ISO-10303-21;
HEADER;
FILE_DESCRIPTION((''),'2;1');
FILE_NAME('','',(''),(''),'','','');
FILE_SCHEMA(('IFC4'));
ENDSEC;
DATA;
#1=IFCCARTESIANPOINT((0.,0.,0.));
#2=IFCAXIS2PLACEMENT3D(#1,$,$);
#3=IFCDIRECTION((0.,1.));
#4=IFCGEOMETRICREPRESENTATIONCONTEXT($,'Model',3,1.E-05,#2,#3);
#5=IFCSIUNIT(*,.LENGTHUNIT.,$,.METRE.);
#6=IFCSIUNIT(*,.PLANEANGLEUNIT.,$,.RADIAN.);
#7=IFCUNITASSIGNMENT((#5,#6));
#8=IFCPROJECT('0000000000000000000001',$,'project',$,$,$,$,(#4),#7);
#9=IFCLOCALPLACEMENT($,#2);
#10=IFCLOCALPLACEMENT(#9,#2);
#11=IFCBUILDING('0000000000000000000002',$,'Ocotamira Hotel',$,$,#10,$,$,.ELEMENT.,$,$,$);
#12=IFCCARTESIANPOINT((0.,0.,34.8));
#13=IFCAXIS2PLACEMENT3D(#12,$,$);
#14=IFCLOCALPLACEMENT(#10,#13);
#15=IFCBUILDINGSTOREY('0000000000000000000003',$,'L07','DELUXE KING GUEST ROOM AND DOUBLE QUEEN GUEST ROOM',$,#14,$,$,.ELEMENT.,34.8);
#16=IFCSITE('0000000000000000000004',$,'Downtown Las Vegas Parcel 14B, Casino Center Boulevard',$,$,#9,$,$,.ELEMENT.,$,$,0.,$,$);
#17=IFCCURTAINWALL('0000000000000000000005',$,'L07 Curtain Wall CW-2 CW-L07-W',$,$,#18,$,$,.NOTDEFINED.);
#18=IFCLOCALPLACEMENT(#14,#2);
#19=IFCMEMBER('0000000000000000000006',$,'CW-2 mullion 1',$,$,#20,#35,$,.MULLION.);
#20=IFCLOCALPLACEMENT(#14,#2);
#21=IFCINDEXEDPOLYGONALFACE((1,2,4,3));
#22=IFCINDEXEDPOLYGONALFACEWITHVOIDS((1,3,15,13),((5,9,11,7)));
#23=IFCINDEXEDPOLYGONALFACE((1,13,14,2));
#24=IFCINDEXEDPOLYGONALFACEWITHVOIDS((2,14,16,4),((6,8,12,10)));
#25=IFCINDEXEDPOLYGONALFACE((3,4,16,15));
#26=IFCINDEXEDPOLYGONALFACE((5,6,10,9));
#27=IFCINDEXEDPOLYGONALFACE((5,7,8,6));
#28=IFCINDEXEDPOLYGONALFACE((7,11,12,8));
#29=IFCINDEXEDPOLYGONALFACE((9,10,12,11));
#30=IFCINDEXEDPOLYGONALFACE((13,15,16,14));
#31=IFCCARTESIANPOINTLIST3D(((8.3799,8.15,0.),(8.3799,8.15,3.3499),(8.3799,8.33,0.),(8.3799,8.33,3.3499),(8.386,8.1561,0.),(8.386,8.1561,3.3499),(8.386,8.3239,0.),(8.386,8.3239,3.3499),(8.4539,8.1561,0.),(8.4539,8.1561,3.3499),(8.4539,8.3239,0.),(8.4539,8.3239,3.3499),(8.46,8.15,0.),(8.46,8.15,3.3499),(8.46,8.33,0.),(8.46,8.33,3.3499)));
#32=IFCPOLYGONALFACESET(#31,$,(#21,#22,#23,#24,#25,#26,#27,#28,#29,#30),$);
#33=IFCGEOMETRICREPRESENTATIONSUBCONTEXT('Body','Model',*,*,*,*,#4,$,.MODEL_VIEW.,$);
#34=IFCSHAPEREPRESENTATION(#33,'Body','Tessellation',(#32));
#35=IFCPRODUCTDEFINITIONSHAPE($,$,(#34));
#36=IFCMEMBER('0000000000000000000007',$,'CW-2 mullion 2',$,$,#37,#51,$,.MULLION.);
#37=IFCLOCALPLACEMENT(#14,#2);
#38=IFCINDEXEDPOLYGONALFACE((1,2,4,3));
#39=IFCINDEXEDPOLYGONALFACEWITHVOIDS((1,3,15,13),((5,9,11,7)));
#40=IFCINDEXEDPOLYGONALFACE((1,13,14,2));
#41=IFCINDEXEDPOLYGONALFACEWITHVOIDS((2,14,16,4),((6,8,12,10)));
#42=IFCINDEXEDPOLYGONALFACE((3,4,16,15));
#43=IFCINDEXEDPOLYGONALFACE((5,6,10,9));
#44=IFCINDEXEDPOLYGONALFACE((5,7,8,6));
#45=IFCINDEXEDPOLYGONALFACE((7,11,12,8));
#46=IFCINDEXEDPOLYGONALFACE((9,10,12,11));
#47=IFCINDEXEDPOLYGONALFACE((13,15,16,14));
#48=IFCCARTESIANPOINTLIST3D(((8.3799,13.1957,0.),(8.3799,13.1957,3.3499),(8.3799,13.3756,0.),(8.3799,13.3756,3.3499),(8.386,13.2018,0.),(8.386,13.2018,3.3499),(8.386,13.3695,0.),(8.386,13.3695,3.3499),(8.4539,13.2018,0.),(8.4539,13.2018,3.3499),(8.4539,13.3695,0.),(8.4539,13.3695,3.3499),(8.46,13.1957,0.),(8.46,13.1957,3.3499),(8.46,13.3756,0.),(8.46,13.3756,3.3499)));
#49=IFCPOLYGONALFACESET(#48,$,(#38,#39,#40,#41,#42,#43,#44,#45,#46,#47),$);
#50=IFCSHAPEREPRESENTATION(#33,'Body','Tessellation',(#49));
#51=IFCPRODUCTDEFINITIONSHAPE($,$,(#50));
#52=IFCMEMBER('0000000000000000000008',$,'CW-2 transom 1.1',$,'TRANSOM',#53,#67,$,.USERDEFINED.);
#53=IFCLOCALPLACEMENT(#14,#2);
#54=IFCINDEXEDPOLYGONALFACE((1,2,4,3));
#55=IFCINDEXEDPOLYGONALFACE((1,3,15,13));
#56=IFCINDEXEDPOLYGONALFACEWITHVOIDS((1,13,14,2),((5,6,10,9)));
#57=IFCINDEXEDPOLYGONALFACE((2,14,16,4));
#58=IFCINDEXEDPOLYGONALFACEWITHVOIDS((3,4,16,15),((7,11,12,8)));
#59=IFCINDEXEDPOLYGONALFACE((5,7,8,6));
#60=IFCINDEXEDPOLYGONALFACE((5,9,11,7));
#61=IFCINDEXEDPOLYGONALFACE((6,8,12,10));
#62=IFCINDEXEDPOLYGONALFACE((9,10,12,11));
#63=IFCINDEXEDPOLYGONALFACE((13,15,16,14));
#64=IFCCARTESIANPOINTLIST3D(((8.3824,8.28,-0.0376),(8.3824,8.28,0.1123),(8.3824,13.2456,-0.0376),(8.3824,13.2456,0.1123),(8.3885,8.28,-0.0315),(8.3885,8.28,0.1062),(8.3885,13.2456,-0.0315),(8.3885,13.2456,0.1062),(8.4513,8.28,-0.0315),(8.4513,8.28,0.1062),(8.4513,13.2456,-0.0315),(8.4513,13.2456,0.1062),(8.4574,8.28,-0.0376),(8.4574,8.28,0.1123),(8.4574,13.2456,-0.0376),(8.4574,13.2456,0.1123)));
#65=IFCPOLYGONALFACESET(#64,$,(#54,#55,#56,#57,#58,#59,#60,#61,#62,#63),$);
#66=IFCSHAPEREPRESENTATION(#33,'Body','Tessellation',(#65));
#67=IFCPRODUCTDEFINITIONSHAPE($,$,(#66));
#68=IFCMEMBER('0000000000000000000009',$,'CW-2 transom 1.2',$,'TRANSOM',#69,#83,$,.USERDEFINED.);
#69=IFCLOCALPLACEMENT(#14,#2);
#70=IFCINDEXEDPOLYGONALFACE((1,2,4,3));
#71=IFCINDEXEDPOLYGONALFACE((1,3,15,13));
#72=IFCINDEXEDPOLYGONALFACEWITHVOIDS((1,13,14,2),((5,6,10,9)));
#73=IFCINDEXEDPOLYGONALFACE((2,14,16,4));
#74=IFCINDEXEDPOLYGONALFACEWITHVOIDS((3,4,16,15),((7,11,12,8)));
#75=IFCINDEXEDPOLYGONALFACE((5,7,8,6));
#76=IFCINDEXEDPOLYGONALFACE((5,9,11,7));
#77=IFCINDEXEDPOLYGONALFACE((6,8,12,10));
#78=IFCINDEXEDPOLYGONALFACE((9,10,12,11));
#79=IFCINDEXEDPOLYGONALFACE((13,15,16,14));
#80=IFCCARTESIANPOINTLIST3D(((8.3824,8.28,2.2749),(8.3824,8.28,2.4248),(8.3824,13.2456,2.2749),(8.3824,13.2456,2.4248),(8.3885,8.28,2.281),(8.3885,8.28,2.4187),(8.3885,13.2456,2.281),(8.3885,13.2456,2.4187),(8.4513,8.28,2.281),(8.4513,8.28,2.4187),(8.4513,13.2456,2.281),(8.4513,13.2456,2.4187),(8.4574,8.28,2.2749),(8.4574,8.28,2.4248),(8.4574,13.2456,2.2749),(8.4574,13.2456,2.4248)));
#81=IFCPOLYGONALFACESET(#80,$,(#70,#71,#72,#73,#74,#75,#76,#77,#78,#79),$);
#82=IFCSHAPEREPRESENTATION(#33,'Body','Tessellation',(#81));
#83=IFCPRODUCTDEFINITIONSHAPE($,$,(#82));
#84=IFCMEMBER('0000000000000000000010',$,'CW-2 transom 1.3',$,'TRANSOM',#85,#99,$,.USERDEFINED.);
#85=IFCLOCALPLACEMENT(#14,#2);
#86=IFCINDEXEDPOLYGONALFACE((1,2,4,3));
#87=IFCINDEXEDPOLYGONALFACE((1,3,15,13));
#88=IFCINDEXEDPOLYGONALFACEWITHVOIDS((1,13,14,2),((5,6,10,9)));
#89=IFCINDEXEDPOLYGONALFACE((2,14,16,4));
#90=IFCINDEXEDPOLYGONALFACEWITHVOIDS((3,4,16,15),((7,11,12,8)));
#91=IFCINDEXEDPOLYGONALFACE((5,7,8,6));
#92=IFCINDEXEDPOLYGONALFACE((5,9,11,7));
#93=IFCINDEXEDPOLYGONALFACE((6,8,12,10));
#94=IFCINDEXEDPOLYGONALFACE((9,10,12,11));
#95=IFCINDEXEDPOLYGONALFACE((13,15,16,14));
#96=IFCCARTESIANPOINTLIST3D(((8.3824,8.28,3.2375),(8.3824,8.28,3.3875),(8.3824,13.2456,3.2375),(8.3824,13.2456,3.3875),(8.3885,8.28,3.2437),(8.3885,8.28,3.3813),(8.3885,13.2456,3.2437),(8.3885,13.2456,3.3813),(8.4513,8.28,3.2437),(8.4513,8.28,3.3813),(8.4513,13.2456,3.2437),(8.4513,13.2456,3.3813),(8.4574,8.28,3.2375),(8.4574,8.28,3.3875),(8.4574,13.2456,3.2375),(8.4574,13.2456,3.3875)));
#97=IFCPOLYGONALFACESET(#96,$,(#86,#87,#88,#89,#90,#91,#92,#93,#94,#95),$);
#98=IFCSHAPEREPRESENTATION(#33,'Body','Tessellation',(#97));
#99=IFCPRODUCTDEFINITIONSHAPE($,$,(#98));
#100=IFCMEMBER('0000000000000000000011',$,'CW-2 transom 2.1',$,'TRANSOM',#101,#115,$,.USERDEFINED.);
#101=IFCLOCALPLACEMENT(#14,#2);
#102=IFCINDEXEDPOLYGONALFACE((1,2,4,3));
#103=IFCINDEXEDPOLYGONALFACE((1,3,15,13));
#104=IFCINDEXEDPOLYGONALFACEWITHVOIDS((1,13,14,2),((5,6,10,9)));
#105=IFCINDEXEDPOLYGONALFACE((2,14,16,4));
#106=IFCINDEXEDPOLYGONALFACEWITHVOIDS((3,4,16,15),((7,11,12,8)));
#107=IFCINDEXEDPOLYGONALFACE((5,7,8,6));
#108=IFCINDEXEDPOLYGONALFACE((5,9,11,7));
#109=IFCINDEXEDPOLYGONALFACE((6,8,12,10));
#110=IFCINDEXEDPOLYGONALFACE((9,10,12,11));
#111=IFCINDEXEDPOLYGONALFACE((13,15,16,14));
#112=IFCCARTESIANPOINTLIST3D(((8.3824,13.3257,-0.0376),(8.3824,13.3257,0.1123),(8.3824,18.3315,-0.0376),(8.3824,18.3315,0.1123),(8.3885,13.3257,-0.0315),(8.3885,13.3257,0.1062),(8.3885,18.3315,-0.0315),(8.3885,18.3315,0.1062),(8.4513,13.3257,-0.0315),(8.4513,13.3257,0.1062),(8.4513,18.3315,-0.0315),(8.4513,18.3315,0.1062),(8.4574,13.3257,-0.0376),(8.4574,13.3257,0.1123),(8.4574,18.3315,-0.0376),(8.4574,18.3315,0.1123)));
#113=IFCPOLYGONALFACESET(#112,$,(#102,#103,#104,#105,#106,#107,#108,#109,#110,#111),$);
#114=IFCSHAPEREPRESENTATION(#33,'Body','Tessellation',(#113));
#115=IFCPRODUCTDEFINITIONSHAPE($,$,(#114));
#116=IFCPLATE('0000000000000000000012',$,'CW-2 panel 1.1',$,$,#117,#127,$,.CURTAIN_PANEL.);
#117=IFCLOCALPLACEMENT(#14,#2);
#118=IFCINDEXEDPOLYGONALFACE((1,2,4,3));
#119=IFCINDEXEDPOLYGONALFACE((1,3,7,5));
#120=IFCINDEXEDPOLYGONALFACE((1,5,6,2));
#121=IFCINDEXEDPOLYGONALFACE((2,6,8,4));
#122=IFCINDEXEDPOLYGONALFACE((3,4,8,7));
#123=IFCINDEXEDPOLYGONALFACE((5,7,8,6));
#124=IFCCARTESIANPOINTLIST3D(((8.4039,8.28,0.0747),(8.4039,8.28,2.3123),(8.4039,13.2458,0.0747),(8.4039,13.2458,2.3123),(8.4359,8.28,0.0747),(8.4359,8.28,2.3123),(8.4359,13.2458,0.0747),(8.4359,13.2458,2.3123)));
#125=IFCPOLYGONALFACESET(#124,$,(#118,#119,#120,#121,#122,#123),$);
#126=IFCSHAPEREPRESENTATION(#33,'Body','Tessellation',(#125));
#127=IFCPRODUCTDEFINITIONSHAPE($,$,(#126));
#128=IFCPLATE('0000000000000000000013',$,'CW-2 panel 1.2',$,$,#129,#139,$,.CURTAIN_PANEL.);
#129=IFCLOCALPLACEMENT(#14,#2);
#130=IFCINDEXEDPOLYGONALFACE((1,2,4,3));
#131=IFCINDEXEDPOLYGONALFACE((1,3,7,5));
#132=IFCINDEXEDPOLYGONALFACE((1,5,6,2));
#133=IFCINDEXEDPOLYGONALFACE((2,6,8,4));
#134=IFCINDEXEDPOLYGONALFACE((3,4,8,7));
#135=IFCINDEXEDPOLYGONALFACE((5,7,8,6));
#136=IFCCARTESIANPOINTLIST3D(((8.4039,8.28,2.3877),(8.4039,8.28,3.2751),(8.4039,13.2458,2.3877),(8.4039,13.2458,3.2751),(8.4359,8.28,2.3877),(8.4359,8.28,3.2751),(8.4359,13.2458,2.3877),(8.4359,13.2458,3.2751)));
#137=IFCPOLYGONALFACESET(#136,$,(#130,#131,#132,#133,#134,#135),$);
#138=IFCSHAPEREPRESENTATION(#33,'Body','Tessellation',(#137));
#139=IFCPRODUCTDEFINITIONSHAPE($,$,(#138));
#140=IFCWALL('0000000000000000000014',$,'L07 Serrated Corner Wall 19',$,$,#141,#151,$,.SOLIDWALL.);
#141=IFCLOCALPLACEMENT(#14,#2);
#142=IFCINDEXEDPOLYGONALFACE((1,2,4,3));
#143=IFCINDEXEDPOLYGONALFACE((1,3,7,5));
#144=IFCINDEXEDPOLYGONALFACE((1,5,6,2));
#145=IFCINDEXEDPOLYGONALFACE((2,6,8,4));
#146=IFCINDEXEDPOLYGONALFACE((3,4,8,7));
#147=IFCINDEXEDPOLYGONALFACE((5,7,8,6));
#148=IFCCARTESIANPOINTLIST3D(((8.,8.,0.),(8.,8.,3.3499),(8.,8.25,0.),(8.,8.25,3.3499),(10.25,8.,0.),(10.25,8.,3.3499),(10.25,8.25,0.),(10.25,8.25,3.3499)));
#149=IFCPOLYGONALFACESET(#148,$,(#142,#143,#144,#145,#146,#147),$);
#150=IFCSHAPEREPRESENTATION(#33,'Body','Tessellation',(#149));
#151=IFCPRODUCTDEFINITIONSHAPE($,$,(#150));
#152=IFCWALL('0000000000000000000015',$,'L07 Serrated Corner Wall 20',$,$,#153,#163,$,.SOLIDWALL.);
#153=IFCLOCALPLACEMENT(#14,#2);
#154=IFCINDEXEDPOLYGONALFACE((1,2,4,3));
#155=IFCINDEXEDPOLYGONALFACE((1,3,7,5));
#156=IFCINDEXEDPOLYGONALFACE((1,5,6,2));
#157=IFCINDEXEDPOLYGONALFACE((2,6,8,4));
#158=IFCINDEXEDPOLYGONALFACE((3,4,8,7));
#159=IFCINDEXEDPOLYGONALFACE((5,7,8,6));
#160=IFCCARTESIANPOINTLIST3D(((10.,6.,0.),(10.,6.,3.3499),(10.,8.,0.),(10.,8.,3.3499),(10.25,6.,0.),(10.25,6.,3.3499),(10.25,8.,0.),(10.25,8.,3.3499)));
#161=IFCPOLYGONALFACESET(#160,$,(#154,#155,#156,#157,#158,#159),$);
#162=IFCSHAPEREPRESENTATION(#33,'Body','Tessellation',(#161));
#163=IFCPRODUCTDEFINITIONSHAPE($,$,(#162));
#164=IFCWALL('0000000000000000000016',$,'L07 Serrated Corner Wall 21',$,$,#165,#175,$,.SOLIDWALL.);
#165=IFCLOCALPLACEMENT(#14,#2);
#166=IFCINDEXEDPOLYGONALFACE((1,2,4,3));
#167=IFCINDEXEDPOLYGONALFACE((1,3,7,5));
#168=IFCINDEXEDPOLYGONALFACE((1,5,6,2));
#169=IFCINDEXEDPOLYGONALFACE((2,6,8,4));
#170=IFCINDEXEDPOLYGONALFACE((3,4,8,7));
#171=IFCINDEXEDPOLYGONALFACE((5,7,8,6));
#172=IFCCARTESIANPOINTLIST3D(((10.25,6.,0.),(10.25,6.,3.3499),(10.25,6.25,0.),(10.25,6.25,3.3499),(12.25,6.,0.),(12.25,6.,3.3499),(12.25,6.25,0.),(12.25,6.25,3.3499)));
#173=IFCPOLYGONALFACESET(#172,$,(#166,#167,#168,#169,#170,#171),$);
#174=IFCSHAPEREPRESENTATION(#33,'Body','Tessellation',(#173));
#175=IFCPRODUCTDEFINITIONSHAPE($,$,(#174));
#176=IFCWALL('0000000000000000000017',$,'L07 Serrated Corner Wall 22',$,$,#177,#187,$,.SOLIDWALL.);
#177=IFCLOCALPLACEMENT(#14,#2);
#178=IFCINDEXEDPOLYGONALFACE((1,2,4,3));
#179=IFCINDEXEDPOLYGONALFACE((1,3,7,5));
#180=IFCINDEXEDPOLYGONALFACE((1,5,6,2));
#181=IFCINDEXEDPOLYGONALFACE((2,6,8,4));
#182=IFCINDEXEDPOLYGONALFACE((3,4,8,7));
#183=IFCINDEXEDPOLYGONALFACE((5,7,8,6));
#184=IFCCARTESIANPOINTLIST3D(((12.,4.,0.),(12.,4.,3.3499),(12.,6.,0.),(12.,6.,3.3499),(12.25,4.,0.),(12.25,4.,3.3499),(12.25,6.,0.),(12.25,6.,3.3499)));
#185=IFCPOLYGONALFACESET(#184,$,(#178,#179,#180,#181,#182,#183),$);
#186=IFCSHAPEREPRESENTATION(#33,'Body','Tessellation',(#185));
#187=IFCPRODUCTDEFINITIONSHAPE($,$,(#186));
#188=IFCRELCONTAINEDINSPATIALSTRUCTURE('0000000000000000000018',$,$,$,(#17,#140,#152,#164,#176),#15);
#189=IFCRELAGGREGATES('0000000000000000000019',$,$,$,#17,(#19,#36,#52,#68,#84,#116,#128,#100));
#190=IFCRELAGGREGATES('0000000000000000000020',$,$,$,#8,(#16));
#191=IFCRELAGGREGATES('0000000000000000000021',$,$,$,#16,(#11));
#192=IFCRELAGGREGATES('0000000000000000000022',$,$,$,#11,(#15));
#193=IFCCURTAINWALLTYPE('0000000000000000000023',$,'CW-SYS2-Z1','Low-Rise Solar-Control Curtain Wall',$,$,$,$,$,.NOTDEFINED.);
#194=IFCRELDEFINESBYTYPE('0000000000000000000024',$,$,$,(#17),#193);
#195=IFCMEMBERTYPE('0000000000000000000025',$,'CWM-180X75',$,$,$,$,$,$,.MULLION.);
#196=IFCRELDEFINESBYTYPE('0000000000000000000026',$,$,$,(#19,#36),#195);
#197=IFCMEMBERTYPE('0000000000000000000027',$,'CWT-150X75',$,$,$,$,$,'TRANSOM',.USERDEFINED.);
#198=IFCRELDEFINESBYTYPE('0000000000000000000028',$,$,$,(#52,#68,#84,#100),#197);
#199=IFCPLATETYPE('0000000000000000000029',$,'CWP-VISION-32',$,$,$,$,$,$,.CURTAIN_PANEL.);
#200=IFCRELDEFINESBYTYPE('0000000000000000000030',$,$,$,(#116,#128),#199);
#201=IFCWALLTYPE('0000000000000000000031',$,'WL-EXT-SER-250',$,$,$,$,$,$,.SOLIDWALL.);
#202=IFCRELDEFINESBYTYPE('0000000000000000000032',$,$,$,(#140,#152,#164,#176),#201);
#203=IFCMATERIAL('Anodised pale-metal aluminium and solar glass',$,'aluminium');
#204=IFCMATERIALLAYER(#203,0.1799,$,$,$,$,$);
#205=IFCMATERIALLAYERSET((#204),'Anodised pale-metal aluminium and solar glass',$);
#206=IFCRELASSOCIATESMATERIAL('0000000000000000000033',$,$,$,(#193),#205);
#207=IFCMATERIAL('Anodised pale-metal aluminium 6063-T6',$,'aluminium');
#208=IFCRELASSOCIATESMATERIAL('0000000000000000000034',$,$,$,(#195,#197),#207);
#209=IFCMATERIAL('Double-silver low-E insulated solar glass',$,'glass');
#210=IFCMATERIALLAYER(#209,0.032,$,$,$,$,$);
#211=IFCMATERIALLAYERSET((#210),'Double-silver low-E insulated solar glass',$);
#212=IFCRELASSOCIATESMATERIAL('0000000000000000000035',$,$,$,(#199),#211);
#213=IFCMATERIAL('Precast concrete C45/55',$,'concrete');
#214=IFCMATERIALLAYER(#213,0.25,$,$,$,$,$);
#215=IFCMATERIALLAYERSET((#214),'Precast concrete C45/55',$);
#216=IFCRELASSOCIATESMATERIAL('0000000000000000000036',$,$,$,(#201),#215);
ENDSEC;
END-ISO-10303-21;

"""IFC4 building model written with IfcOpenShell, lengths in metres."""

from ifc_helpers import new_model, si_unit, direction, frame, frame_2d, origin, origin_2d, place, context, subcontext, project, spatial, rectangle, hollow_rectangle, extrude, source, transform, mapped, material, layer, layer_set, material_profile, profile_set, type_object, element, aggregate, save


model = new_model("IFC4")

# Units and contexts
model_context = context("Model", 3, precision=1e-05, world=origin(), true_north=direction((0.0, 1.0)))
body_context = subcontext(model_context, "Body", "Model", "MODEL_VIEW")
ifc_project = project(units=[si_unit("LENGTHUNIT", "METRE"), si_unit("PLANEANGLEUNIT", "RADIAN")], contexts=[model_context])

# Site, building, storey
site_placement = place(None, origin())
site = spatial("IfcSite", under=ifc_project, at=site_placement, Name="Downtown Las Vegas Parcel 14B, Casino Center Boulevard", CompositionType="ELEMENT", RefElevation=0.0)
building_placement = place(site_placement, origin())
building = spatial("IfcBuilding", under=site, at=building_placement, Name="Ocotamira Hotel", CompositionType="ELEMENT")
storey_placement = place(building_placement, frame((0.0, 0.0, 34.8)))
storey = spatial("IfcBuildingStorey", under=building, at=storey_placement, Name="L07", Description="DELUXE KING GUEST ROOM AND DOUBLE QUEEN GUEST ROOM", CompositionType="ELEMENT", Elevation=34.8)

# Curtain wall, members, plates
ifc_material_1 = material(Name="Anodised pale-metal aluminium and solar glass", Category="aluminium")
ifc_layer_1 = layer(ifc_material_1, 0.1799)
ifc_layer_set_1 = layer_set([ifc_layer_1], Name="Anodised pale-metal aluminium and solar glass")
curtain_wall_type = type_object("IfcCurtainWallType", Name="CW-SYS2-Z1", Description="Low-Rise Solar-Control Curtain Wall", PredefinedType="NOTDEFINED", material=ifc_layer_set_1)
curtain_wall_placement = place(storey_placement, origin())
curtain_wall = element("IfcCurtainWall", 1, at=curtain_wall_placement, inside=storey, type_object=curtain_wall_type, Name="L07 Curtain Wall CW-2 CW-L07-W", PredefinedType="NOTDEFINED")
ifc_material_2 = material(Name="Anodised pale-metal aluminium 6063-T6", Category="aluminium")
ifc_material_profile_1 = material_profile(ifc_material_2, hollow_rectangle(XDim=0.0801, YDim=0.1799, WallThickness=0.0061, at=origin_2d()), Name="HSS180X80X6")
ifc_profile_set_1 = profile_set([ifc_material_profile_1], Name="Anodised pale-metal aluminium 6063-T6")
member_type_1 = type_object("IfcMemberType", Name="CWM-180X75", PredefinedType="MULLION", material=ifc_profile_set_1)
shared_shape_1 = source(origin(), body_context, "Body", "SweptSolid", [
    extrude(hollow_rectangle(XDim=0.0801, YDim=0.1799, WallThickness=0.0061, at=origin_2d()), origin(), (0.0, 0.0, 1.0), 3.3499),
])
member_1_placement = place(storey_placement, frame((8.4199, 8.24, 0.0), z_axis=(0.0, 0.0, 1.0), x_axis=(-1.0, 0.0, 0.0)))
member_1 = element("IfcMember", 2, at=member_1_placement, type_object=member_type_1, Name="CW-2 mullion 1", PredefinedType="MULLION", context=body_context, shape_type="MappedRepresentation", body=[
    mapped(shared_shape_1, transform((0.0, 0.0, 0.0), scale=1.0)),
])
member_2_placement = place(storey_placement, frame((8.4199, 13.2856, 0.0), z_axis=(0.0, 0.0, 1.0), x_axis=(-1.0, 0.0, 0.0)))
member_2 = element("IfcMember", 3, at=member_2_placement, type_object=member_type_1, Name="CW-2 mullion 2", PredefinedType="MULLION", context=body_context, shape_type="MappedRepresentation", body=[
    mapped(shared_shape_1, transform((0.0, 0.0, 0.0), scale=1.0)),
])
ifc_material_profile_2 = material_profile(ifc_material_2, hollow_rectangle(XDim=0.075, YDim=0.1499, WallThickness=0.0061, at=origin_2d()), Name="HSS150X75X6")
ifc_profile_set_2 = profile_set([ifc_material_profile_2], Name="Anodised pale-metal aluminium 6063-T6")
member_type_2 = type_object("IfcMemberType", Name="CWT-150X75", ElementType="TRANSOM", PredefinedType="USERDEFINED", material=ifc_profile_set_2)
shared_shape_2 = source(origin(), body_context, "Body", "SweptSolid", [
    extrude(hollow_rectangle(XDim=0.075, YDim=0.1499, WallThickness=0.0061, at=origin_2d()), origin(), (0.0, 0.0, 1.0), 4.9656),
])
member_3_placement = place(storey_placement, frame((8.4199, 8.28, 0.0374), z_axis=(0.0, 1.0, 0.0), x_axis=(-1.0, 0.0, 0.0)))
member_3 = element("IfcMember", 4, at=member_3_placement, type_object=member_type_2, Name="CW-2 transom 1.1", ObjectType="TRANSOM", PredefinedType="USERDEFINED", context=body_context, shape_type="MappedRepresentation", body=[
    mapped(shared_shape_2, transform((0.0, 0.0, 0.0), scale=1.0)),
])
member_4_placement = place(storey_placement, frame((8.4199, 8.28, 2.3499), z_axis=(0.0, 1.0, 0.0), x_axis=(-1.0, 0.0, 0.0)))
member_4 = element("IfcMember", 5, at=member_4_placement, type_object=member_type_2, Name="CW-2 transom 1.2", ObjectType="TRANSOM", PredefinedType="USERDEFINED", context=body_context, shape_type="MappedRepresentation", body=[
    mapped(shared_shape_2, transform((0.0, 0.0, 0.0), scale=1.0)),
])
member_5_placement = place(storey_placement, frame((8.4199, 8.28, 3.3125), z_axis=(0.0, 1.0, 0.0), x_axis=(-1.0, 0.0, 0.0)))
member_5 = element("IfcMember", 6, at=member_5_placement, type_object=member_type_2, Name="CW-2 transom 1.3", ObjectType="TRANSOM", PredefinedType="USERDEFINED", context=body_context, shape_type="MappedRepresentation", body=[
    mapped(shared_shape_2, transform((0.0, 0.0, 0.0), scale=1.0)),
])
shared_shape_3 = source(origin(), body_context, "Body", "SweptSolid", [
    extrude(hollow_rectangle(XDim=0.075, YDim=0.1499, WallThickness=0.0061, at=origin_2d()), origin(), (0.0, 0.0, 1.0), 5.0059),
])
member_6_placement = place(storey_placement, frame((8.4199, 13.3257, 0.0374), z_axis=(0.0, 1.0, 0.0), x_axis=(-1.0, 0.0, 0.0)))
member_6 = element("IfcMember", 7, at=member_6_placement, type_object=member_type_2, Name="CW-2 transom 2.1", ObjectType="TRANSOM", PredefinedType="USERDEFINED", context=body_context, shape_type="MappedRepresentation", body=[
    mapped(shared_shape_3, transform((0.0, 0.0, 0.0), scale=1.0)),
])
ifc_material_3 = material(Name="Double-silver low-E insulated solar glass", Category="glass")
ifc_layer_2 = layer(ifc_material_3, 0.032)
ifc_layer_set_2 = layer_set([ifc_layer_2], Name="Double-silver low-E insulated solar glass")
plate_type = type_object("IfcPlateType", Name="CWP-VISION-32", PredefinedType="CURTAIN_PANEL", material=ifc_layer_set_2)
shared_shape_4 = source(origin(), body_context, "Body", "SweptSolid", [
    extrude(rectangle(XDim=4.9658, YDim=0.032, at=origin_2d()), origin(), (0.0, 0.0, 1.0), 2.2375),
])
plate_1_placement = place(storey_placement, frame((8.4199, 10.7629, 0.0747), z_axis=(0.0, 0.0, 1.0), x_axis=(0.0, 1.0, 0.0)))
plate_1 = element("IfcPlate", 8, at=plate_1_placement, type_object=plate_type, Name="CW-2 panel 1.1", PredefinedType="CURTAIN_PANEL", context=body_context, shape_type="MappedRepresentation", body=[
    mapped(shared_shape_4, transform((0.0, 0.0, 0.0), scale=1.0)),
])
shared_shape_5 = source(origin(), body_context, "Body", "SweptSolid", [
    extrude(rectangle(XDim=4.9658, YDim=0.032, at=origin_2d()), origin(), (0.0, 0.0, 1.0), 0.8875),
])
plate_2_placement = place(storey_placement, frame((8.4199, 10.7629, 2.3877), z_axis=(0.0, 0.0, 1.0), x_axis=(0.0, 1.0, 0.0)))
plate_2 = element("IfcPlate", 9, at=plate_2_placement, type_object=plate_type, Name="CW-2 panel 1.2", PredefinedType="CURTAIN_PANEL", context=body_context, shape_type="MappedRepresentation", body=[
    mapped(shared_shape_5, transform((0.0, 0.0, 0.0), scale=1.0)),
])
aggregate(curtain_wall, [member_1, member_2, member_3, member_4, member_5, plate_1, plate_2, member_6])

# Walls
ifc_material_4 = material(Name="Precast concrete C45/55", Category="concrete")
ifc_layer_3 = layer(ifc_material_4, 0.25)
ifc_layer_set_3 = layer_set([ifc_layer_3], Name="Precast concrete C45/55")
wall_type_1 = type_object("IfcWallType", Name="WL-EXT-SER-250", PredefinedType="SOLIDWALL", material=ifc_layer_set_3)
wall_1_placement = place(storey_placement, frame((8.0, 8.125, 0.0), z_axis=(0.0, 0.0, 1.0), x_axis=(1.0, 0.0, 0.0)))
element("IfcWall", 10, at=wall_1_placement, inside=storey, type_object=wall_type_1, Name="L07 Serrated Corner Wall 19", PredefinedType="SOLIDWALL", context=body_context, shape_type="SweptSolid", body=[
    extrude(rectangle(XDim=2.25, YDim=0.25, at=frame_2d((1.125, 0.0))), origin(), (0.0, 0.0, 1.0), 3.3499),
])
for number, where, z_axis, x_axis, name in (
    (11, (10.125, 8.0, 0.0), (0.0, 0.0, 1.0), (0.0, -1.0, 0.0), "L07 Serrated Corner Wall 20"),
    (12, (10.25, 6.125, 0.0), (0.0, 0.0, 1.0), (1.0, 0.0, 0.0), "L07 Serrated Corner Wall 21"),
    (13, (12.125, 6.0, 0.0), (0.0, 0.0, 1.0), (0.0, -1.0, 0.0), "L07 Serrated Corner Wall 22"),
):
    element("IfcWall", number, at=place(storey_placement, frame(where, z_axis=z_axis, x_axis=x_axis)), inside=storey, type_object=wall_type_1, Name=name, PredefinedType="SOLIDWALL", context=body_context, shape_type="SweptSolid", body=[
        extrude(rectangle(XDim=2.0, YDim=0.25, at=frame_2d((1.0, 0.0))), origin(), (0.0, 0.0, 1.0), 3.3499),
    ])

save(model, "model.ifc")
